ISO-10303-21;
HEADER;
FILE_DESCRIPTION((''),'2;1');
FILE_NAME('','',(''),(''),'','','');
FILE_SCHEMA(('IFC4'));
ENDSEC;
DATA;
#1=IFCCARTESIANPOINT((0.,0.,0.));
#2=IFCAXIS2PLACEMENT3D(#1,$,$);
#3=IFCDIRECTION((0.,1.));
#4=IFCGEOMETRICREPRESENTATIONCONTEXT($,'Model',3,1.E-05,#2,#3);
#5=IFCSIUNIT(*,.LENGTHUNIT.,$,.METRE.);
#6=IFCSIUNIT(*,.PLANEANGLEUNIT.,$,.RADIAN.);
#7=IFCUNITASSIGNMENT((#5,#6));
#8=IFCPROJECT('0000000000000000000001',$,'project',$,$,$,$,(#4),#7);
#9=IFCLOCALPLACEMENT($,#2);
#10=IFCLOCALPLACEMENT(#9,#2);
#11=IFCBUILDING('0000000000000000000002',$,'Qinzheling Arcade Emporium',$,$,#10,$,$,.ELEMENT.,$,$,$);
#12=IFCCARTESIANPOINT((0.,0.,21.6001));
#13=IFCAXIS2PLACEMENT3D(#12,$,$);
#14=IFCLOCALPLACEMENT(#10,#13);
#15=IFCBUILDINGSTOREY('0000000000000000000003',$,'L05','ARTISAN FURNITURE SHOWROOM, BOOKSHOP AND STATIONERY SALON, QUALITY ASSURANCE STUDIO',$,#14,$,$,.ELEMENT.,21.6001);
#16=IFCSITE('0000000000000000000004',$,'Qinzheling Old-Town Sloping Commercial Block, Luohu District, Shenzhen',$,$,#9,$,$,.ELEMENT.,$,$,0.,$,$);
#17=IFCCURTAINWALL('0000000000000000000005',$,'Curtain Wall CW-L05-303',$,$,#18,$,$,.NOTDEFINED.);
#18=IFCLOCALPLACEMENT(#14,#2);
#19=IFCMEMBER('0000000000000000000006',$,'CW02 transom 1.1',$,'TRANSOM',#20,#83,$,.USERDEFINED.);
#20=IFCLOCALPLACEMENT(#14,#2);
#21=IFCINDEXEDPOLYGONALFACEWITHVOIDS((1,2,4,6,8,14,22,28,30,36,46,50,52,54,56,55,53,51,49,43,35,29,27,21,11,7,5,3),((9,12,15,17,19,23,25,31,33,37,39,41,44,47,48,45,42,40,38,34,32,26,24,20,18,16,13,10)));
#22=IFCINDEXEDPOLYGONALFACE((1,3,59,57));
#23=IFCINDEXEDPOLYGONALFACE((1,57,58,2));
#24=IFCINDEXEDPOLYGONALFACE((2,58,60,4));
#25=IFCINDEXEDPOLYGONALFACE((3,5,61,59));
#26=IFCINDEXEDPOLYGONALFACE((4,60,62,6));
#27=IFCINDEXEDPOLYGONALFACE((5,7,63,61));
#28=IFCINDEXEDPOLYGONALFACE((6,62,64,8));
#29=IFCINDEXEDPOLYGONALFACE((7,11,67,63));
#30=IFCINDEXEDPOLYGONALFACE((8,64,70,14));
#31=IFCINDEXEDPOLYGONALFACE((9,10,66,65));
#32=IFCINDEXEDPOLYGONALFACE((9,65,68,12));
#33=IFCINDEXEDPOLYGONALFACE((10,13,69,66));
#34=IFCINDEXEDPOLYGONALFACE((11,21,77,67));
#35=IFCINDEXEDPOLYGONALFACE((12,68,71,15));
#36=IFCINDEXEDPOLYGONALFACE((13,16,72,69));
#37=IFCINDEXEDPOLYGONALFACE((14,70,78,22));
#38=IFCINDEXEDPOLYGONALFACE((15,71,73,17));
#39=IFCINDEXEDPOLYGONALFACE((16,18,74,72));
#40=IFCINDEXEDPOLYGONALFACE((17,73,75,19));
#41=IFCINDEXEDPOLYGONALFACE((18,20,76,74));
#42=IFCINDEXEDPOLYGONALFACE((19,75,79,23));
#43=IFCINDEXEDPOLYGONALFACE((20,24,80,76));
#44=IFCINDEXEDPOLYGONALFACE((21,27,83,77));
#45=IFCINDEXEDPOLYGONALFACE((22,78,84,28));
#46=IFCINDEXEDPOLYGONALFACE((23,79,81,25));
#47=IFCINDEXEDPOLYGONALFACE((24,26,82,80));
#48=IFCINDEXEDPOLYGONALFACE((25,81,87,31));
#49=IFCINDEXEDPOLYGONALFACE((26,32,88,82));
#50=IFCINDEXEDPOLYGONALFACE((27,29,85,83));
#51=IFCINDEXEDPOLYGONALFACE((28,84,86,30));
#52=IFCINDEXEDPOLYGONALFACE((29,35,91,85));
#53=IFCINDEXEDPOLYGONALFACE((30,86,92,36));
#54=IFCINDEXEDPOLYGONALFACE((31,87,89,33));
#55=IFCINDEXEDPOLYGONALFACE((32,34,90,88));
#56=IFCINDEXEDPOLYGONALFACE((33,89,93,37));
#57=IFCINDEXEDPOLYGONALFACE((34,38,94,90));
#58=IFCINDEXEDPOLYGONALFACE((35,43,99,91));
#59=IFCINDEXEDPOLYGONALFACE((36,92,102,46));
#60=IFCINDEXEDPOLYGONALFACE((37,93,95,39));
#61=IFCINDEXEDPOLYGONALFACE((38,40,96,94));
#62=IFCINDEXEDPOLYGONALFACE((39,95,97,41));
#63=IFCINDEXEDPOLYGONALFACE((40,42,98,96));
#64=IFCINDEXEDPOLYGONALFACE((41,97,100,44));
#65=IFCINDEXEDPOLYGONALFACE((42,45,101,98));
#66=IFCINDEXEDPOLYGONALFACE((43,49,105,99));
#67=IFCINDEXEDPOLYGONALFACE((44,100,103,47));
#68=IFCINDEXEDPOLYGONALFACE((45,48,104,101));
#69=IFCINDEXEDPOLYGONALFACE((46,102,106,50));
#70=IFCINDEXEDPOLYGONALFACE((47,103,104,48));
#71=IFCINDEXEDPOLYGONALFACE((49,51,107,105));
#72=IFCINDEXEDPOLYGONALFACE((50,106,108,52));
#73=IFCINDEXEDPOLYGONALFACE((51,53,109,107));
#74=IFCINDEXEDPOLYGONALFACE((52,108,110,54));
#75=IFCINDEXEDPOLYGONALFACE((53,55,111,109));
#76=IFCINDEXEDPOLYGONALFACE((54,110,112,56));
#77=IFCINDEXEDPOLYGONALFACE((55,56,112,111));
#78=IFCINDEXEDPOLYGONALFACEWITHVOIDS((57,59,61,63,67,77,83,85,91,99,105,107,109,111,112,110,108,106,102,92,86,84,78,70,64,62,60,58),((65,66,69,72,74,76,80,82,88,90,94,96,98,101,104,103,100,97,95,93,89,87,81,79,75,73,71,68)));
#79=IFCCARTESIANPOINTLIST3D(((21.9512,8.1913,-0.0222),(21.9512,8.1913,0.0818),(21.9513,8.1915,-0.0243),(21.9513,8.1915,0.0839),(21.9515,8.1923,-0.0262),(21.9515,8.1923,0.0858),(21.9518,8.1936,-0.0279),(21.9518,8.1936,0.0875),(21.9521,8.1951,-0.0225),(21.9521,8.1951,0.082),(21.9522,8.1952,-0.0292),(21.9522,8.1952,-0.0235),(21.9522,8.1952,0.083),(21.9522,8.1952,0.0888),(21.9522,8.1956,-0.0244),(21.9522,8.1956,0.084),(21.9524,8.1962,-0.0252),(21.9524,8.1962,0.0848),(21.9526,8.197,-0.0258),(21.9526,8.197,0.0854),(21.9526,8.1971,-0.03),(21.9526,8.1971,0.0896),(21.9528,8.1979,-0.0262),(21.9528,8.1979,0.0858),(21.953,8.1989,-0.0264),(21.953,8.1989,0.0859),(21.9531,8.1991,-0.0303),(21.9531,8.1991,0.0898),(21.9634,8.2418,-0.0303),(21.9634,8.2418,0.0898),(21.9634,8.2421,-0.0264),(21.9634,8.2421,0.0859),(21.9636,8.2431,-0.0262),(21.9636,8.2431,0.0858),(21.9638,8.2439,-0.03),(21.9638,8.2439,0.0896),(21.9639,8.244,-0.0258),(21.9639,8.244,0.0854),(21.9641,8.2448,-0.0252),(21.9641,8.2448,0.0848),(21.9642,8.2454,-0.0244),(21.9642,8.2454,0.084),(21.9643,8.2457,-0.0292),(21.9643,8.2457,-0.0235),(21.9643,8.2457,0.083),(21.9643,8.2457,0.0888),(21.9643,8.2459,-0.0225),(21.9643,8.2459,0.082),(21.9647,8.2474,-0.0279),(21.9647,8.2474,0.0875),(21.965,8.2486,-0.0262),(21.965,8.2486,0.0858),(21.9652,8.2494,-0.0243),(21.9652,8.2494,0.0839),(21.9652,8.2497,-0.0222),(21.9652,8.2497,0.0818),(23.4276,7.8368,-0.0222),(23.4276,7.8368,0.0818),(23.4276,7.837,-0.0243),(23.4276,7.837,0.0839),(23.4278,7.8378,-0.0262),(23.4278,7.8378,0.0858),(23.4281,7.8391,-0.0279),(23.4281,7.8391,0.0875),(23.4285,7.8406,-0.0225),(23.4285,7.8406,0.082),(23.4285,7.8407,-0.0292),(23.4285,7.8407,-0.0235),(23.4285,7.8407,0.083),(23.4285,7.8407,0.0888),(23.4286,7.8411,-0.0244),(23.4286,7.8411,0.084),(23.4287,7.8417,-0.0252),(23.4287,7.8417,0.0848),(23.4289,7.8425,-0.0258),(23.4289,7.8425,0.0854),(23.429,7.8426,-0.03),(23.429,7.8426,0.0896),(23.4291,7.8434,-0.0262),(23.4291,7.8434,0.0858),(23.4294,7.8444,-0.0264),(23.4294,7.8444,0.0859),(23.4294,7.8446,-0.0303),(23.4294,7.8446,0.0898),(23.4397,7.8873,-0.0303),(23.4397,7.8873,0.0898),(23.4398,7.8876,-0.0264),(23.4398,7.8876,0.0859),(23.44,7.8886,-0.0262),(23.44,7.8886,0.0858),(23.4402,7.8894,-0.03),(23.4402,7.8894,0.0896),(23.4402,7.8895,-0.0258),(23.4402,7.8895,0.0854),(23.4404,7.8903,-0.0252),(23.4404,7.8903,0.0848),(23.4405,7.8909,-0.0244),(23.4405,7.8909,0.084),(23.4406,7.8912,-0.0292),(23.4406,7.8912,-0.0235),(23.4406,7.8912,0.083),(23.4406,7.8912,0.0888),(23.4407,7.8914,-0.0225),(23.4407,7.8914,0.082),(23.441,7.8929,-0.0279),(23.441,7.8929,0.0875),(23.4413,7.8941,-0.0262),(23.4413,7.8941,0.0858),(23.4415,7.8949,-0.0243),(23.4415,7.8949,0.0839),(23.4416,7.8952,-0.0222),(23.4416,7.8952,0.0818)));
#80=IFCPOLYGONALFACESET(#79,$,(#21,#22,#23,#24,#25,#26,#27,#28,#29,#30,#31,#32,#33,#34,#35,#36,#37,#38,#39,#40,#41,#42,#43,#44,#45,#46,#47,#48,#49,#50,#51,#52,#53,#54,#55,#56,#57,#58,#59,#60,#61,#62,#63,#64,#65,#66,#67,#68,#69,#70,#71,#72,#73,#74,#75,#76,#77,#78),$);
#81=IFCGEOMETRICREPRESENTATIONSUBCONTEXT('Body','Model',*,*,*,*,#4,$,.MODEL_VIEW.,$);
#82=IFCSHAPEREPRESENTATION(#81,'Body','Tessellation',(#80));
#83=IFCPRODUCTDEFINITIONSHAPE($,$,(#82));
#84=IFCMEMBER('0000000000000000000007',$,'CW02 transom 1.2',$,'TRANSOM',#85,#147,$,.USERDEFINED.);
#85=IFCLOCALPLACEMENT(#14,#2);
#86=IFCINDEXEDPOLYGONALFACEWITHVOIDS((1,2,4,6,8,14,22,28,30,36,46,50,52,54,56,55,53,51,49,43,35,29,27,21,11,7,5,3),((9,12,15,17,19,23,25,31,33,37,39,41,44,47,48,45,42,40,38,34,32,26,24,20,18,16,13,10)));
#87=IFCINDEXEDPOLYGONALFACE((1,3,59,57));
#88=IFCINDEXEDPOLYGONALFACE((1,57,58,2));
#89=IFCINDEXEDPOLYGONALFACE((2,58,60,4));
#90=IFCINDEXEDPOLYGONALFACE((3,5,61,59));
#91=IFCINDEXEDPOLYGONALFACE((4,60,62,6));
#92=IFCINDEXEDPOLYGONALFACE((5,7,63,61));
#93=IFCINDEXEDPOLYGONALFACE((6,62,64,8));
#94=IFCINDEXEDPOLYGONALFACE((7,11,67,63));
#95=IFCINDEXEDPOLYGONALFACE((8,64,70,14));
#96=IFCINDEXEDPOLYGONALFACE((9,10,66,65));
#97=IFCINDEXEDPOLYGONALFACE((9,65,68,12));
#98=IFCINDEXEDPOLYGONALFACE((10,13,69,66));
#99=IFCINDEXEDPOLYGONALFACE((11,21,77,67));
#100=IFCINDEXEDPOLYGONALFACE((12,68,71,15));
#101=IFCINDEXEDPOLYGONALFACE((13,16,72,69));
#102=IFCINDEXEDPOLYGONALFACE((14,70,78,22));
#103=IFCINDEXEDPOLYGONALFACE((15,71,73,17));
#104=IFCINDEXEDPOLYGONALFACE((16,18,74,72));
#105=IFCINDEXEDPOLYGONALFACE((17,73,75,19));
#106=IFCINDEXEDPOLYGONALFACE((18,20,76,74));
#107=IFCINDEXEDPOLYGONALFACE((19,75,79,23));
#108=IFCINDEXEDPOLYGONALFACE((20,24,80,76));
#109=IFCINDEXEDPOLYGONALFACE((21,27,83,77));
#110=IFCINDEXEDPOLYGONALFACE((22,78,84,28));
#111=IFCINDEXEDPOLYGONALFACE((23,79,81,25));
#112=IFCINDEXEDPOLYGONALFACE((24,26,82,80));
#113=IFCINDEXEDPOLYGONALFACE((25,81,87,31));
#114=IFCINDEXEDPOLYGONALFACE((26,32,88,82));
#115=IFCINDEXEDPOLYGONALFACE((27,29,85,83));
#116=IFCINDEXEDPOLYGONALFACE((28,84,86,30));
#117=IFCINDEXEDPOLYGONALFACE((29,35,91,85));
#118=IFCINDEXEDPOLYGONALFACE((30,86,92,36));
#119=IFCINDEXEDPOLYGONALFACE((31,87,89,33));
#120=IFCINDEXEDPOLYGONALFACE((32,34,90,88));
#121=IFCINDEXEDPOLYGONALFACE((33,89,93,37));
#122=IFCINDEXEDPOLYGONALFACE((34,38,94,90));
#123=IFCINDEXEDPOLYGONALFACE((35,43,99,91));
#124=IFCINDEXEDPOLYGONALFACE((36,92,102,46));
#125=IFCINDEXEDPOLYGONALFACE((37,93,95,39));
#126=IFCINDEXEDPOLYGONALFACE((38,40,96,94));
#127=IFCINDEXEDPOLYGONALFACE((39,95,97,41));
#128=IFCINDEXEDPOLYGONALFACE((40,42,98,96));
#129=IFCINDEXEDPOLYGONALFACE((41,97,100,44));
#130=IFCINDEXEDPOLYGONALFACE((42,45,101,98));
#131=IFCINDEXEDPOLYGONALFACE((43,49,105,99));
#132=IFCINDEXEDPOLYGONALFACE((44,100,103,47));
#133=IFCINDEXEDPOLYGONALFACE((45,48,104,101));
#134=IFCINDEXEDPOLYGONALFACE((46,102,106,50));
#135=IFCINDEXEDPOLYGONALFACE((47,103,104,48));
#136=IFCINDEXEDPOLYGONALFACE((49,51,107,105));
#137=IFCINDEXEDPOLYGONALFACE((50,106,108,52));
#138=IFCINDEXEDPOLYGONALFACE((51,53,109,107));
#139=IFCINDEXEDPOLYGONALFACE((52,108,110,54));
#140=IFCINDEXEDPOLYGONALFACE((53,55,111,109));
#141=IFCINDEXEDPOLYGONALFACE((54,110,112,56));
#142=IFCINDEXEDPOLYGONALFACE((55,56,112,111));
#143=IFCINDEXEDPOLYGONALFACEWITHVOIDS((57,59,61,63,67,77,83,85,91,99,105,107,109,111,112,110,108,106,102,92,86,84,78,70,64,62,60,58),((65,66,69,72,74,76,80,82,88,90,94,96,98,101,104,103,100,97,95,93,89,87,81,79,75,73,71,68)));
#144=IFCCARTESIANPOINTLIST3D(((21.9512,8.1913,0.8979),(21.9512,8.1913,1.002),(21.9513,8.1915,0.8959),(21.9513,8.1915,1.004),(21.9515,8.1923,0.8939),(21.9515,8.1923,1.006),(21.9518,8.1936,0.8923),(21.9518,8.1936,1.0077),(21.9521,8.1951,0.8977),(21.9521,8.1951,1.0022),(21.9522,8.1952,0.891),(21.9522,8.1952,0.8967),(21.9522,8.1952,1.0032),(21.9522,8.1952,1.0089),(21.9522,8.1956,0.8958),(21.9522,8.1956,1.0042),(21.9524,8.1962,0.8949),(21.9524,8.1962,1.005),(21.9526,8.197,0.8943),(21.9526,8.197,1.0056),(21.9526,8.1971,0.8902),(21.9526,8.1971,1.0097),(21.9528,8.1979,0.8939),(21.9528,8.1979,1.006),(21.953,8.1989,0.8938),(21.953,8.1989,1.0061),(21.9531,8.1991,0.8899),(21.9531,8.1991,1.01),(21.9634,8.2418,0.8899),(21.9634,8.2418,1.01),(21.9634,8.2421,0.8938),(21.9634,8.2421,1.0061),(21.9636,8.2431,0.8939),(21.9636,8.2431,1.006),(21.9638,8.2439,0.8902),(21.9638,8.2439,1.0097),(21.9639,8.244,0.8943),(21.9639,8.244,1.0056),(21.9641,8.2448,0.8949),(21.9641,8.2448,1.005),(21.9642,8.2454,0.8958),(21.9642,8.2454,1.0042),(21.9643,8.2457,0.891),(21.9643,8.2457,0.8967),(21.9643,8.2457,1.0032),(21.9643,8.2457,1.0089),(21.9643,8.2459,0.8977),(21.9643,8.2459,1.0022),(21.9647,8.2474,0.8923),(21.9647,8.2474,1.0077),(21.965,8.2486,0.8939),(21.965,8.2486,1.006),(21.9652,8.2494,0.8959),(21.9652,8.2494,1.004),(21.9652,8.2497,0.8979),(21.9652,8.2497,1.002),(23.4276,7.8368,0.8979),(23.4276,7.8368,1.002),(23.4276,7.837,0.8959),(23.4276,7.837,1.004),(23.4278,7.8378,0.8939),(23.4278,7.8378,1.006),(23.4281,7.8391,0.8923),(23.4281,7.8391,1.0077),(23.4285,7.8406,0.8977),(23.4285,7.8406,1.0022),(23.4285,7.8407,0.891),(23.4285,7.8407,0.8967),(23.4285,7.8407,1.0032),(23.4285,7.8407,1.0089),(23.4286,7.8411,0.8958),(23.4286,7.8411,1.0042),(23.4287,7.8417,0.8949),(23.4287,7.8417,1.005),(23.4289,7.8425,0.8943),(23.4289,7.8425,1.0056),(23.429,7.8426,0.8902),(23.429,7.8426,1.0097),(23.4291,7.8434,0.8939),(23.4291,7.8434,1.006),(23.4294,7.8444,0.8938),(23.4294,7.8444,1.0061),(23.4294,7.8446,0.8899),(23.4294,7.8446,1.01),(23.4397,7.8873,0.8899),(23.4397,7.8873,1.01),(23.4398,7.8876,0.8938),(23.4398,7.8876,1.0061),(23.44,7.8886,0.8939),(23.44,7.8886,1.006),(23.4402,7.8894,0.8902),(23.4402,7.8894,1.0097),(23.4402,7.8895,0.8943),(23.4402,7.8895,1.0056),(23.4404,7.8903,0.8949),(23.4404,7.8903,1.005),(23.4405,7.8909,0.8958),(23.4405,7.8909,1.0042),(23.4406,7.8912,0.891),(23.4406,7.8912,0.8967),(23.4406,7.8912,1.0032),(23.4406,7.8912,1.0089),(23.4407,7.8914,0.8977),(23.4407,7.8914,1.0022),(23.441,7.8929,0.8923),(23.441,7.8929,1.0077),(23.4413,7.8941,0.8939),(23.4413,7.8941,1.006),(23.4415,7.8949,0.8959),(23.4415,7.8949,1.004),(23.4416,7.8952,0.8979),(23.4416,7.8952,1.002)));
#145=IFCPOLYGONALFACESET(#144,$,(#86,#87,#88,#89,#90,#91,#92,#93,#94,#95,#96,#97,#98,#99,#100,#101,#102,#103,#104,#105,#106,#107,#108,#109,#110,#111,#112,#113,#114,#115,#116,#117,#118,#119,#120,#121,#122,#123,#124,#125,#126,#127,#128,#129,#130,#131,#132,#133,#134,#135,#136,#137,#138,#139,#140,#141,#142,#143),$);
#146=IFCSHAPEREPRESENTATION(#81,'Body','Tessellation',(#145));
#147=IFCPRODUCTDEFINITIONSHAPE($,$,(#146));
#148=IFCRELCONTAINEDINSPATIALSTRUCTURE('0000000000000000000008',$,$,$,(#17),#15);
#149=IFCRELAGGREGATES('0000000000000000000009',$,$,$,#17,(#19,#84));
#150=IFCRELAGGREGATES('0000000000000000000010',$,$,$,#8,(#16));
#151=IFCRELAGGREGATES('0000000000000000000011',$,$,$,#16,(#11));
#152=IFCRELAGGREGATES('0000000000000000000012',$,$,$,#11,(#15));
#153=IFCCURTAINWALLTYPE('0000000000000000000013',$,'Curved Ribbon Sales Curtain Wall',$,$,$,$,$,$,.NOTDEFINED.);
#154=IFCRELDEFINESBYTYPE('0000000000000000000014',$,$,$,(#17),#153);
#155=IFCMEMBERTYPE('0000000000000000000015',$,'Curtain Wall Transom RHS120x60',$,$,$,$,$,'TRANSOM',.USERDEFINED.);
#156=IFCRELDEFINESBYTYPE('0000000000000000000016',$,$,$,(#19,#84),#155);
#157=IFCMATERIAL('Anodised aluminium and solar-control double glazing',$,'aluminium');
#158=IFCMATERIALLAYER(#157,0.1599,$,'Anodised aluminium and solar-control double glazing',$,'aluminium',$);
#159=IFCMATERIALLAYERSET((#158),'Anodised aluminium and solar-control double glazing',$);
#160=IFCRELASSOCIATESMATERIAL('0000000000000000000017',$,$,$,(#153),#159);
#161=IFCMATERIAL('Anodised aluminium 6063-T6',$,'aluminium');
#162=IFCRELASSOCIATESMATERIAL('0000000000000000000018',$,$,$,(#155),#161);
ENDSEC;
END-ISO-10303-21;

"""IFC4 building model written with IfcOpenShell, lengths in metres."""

from ifc_helpers import new_model, si_unit, direction, frame, origin, origin_2d, place, context, subcontext, project, spatial, hollow_rectangle, extrude, material, layer, layer_set, material_profile, profile_set, type_object, element, aggregate, save


model = new_model("IFC4")

# Units and contexts
model_context = context("Model", 3, precision=1e-05, world=origin(), true_north=direction((0.0, 1.0)))
body_context = subcontext(model_context, "Body", "Model", "MODEL_VIEW")
ifc_project = project(units=[si_unit("LENGTHUNIT", "METRE"), si_unit("PLANEANGLEUNIT", "RADIAN")], contexts=[model_context])

# Site, building, storey
site_placement = place(None, origin())
site = spatial("IfcSite", under=ifc_project, at=site_placement, Name="Qinzheling Old-Town Sloping Commercial Block, Luohu District, Shenzhen", CompositionType="ELEMENT", RefElevation=0.0)
building_placement = place(site_placement, origin())
building = spatial("IfcBuilding", under=site, at=building_placement, Name="Qinzheling Arcade Emporium", CompositionType="ELEMENT")
storey_placement = place(building_placement, frame((0.0, 0.0, 21.6001)))
storey = spatial("IfcBuildingStorey", under=building, at=storey_placement, Name="L05", Description="ARTISAN FURNITURE SHOWROOM, BOOKSHOP AND STATIONERY SALON, QUALITY ASSURANCE STUDIO", CompositionType="ELEMENT", Elevation=21.6001)

# Curtain wall
ifc_material_1 = material(Name="Anodised aluminium and solar-control double glazing", Category="aluminium")
ifc_layer_1 = layer(ifc_material_1, 0.1599, Name="Anodised aluminium and solar-control double glazing", Category="aluminium")
ifc_layer_set_1 = layer_set([ifc_layer_1], Name="Anodised aluminium and solar-control double glazing")
curtain_wall_type = type_object("IfcCurtainWallType", Name="Curved Ribbon Sales Curtain Wall", PredefinedType="NOTDEFINED", material=ifc_layer_set_1)
curtain_wall_1_placement = place(storey_placement, origin())
curtain_wall_1 = element("IfcCurtainWall", 1, at=curtain_wall_1_placement, inside=storey, type_object=curtain_wall_type, Name="Curtain Wall CW-L05-303", PredefinedType="NOTDEFINED")
ifc_material_2 = material(Name="Anodised aluminium 6063-T6", Category="aluminium")

# Members
ifc_material_profile_1 = material_profile(ifc_material_2, hollow_rectangle(XDim=0.0601, YDim=0.1201, WallThickness=0.0039, InnerFilletRadius=0.0039, OuterFilletRadius=0.0081, at=origin_2d()), Name="RHS 120x60x4", Category="aluminium")
ifc_profile_set_1 = profile_set([ifc_material_profile_1], Name="Anodised aluminium 6063-T6")
member_type_1 = type_object("IfcMemberType", Name="Curtain Wall Transom RHS120x60", ElementType="TRANSOM", PredefinedType="USERDEFINED", material=ifc_profile_set_1)
member_1_placement = place(storey_placement, frame((23.4346, 7.866, 0.0298), z_axis=(-0.972361, 0.233482, 0.0), x_axis=(-0.233482, -0.972361, 0.0)))
member_1 = element("IfcMember", 2, at=member_1_placement, type_object=member_type_1, Name="CW02 transom 1.1", ObjectType="TRANSOM", PredefinedType="USERDEFINED", context=body_context, shape_type="SweptSolid", body=[
    extrude(hollow_rectangle(XDim=0.0601, YDim=0.1201, WallThickness=0.0039, InnerFilletRadius=0.0039, OuterFilletRadius=0.0081, at=origin_2d()), origin(), (0.0, 0.0, 1.0), 1.5183),
])
member_2_placement = place(storey_placement, frame((23.4346, 7.866, 0.95), z_axis=(-0.972361, 0.233482, 0.0), x_axis=(-0.233482, -0.972361, 0.0)))
member_2 = element("IfcMember", 3, at=member_2_placement, type_object=member_type_1, Name="CW02 transom 1.2", ObjectType="TRANSOM", PredefinedType="USERDEFINED", context=body_context, shape_type="SweptSolid", body=[
    extrude(hollow_rectangle(XDim=0.0601, YDim=0.1201, WallThickness=0.0039, InnerFilletRadius=0.0039, OuterFilletRadius=0.0081, at=origin_2d()), origin(), (0.0, 0.0, 1.0), 1.5183),
])

aggregate(curtain_wall_1, [member_1, member_2])

save(model, "model.ifc")
